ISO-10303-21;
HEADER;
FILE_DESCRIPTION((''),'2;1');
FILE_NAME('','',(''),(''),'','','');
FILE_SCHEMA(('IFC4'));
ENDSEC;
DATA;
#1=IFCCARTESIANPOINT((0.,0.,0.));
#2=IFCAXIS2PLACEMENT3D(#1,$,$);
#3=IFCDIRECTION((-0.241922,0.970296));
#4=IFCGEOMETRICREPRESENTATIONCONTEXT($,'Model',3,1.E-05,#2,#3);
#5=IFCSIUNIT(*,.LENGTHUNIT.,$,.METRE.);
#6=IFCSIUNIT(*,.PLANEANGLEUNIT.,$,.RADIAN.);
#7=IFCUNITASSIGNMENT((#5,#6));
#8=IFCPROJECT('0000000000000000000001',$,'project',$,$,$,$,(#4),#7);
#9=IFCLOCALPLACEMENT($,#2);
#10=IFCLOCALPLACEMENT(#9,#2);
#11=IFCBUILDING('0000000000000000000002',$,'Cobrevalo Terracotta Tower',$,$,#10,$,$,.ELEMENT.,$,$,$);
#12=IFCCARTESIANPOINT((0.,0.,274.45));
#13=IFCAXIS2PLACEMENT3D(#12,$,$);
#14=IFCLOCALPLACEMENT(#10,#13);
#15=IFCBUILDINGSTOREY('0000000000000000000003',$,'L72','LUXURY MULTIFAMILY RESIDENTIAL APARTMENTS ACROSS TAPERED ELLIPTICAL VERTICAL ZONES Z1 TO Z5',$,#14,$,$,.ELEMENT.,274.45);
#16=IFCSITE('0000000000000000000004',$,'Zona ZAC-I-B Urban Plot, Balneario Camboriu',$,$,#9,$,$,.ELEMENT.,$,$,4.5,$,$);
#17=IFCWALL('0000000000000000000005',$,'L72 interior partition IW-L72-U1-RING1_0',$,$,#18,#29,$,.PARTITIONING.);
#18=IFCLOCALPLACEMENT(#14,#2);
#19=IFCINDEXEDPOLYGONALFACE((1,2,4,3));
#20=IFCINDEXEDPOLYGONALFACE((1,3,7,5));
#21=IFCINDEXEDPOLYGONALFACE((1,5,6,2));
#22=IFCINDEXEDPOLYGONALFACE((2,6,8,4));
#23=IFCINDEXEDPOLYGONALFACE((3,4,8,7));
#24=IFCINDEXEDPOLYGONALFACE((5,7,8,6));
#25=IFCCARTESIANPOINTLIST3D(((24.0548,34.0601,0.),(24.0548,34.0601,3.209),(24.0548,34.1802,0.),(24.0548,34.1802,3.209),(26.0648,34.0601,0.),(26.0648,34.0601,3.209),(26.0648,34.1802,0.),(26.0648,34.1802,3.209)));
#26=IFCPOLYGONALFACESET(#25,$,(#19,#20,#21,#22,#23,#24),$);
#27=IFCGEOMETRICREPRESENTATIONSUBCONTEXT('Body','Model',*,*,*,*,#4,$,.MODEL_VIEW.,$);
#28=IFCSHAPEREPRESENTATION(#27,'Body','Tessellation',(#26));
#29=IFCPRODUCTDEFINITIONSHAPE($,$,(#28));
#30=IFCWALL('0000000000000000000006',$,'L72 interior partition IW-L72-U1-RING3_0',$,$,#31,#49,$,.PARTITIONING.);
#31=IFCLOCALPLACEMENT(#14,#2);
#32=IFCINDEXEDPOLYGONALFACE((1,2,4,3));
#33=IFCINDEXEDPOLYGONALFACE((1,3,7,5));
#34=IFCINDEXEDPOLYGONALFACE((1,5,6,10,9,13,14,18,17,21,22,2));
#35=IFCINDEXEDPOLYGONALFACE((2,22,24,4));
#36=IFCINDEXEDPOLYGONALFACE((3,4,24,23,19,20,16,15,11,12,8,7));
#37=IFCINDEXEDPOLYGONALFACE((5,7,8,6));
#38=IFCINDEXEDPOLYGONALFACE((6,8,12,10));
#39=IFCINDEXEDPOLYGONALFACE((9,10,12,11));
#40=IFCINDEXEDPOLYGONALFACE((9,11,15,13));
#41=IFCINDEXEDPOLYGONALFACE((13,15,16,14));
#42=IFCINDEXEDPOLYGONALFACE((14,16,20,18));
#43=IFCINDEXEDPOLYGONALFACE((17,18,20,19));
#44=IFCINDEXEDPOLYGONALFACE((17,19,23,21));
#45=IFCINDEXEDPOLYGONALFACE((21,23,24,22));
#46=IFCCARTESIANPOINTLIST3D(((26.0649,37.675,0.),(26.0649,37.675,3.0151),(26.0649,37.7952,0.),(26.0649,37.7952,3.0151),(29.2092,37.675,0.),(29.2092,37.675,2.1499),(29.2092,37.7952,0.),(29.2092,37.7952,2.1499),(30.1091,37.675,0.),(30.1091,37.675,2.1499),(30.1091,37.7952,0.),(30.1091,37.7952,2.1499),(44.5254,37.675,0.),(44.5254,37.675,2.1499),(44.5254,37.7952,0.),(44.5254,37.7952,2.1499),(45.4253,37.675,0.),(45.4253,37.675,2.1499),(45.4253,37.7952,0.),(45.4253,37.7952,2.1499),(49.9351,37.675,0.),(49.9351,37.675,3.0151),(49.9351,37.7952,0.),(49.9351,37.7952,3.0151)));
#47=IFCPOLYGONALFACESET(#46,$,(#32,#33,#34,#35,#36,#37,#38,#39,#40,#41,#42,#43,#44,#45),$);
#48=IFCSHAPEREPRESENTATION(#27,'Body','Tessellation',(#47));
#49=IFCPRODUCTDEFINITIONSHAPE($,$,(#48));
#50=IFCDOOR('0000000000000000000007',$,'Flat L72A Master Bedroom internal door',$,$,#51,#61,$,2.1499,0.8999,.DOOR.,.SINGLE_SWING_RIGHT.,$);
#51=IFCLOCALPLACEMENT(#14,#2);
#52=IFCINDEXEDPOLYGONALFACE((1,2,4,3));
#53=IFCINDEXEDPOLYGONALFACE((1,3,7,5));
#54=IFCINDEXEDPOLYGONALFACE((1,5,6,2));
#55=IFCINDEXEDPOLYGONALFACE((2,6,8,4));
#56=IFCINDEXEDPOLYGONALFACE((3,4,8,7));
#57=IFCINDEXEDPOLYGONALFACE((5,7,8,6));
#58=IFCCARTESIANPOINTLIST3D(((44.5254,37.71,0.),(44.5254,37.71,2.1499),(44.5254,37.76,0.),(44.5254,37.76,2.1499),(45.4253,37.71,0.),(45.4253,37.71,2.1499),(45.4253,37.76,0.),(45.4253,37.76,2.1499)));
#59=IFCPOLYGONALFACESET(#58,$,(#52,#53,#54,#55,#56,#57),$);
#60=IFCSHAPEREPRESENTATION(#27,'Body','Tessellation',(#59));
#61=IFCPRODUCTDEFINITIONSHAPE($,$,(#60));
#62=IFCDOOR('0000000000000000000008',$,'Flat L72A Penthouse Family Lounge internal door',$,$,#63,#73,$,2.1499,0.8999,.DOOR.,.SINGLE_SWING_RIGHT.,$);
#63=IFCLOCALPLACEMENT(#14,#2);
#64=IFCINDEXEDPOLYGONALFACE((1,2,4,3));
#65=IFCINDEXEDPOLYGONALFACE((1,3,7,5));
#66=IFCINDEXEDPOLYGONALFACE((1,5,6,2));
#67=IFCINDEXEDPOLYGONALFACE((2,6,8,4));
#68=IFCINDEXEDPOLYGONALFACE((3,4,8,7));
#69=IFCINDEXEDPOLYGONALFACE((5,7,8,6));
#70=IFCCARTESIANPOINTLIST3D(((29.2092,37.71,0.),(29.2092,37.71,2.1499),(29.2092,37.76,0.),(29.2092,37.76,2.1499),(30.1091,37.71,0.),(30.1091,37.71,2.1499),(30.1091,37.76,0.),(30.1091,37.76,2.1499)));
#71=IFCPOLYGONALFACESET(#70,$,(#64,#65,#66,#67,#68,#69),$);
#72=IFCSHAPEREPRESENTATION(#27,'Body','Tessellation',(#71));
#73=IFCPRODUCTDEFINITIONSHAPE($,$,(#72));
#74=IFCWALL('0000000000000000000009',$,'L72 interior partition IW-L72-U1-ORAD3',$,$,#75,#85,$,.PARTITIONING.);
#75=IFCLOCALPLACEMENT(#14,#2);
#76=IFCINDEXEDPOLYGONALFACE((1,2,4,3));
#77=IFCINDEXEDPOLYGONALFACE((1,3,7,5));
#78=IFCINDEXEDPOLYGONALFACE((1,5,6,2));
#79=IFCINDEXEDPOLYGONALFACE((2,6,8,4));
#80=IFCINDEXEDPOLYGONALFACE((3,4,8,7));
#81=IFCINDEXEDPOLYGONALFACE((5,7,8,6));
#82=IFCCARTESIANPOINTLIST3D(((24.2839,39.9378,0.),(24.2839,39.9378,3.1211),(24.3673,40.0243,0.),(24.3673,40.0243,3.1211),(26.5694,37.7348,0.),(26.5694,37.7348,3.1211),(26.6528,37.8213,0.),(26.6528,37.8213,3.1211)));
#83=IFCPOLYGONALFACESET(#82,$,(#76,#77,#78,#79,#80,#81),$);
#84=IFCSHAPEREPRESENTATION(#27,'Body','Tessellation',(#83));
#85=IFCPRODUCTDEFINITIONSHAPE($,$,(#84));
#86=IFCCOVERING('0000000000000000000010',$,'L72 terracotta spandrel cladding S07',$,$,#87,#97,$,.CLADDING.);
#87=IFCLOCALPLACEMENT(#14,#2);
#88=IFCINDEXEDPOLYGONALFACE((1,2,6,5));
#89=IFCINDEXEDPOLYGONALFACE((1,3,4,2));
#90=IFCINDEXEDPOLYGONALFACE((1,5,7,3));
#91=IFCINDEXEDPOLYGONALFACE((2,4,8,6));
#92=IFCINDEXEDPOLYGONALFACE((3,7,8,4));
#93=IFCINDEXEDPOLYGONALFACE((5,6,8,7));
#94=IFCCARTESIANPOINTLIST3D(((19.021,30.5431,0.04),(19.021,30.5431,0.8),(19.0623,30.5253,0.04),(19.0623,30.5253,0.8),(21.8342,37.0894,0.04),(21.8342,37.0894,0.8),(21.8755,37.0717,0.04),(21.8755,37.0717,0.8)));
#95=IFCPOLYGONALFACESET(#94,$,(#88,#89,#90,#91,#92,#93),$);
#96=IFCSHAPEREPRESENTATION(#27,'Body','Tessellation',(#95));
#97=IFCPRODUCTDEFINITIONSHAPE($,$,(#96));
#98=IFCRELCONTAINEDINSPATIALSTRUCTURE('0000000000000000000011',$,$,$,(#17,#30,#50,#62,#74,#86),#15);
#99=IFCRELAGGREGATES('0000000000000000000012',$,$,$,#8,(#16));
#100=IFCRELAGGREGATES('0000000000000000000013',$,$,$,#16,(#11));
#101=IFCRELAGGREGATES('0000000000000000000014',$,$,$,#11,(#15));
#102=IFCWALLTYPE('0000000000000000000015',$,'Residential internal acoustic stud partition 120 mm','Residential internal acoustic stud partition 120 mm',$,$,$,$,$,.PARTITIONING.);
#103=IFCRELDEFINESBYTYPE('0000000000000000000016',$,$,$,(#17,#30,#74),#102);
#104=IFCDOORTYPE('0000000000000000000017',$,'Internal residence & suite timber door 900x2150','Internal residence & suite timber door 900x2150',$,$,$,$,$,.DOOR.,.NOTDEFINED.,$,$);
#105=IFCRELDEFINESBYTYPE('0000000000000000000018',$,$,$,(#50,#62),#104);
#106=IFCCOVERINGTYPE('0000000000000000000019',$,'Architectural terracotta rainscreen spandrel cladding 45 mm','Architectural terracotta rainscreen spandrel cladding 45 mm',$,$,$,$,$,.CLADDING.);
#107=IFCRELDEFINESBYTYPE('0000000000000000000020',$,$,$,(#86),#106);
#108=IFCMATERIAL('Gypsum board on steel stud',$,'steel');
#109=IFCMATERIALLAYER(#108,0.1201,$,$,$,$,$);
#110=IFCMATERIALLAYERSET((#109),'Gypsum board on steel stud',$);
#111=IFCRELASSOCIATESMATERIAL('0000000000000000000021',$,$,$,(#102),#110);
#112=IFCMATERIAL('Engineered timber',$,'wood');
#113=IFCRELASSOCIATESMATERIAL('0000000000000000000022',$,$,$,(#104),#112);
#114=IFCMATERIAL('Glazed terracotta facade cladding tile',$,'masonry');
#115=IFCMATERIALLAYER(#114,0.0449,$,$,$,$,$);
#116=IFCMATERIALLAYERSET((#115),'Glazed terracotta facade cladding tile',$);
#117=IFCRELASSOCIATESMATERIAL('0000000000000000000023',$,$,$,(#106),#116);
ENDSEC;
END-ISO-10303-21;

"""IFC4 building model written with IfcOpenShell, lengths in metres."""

from ifc_helpers import new_model, si_unit, direction, frame, frame_2d, origin, origin_2d, place, context, subcontext, project, spatial, rectangle, extrude, source, transform, mapped, material, layer, layer_set, type_object, element, fill, save


model = new_model("IFC4")

# Units and contexts
model_context = context("Model", 3, precision=1e-05, world=origin(), true_north=direction((-0.241922, 0.970296)))
body_context = subcontext(model_context, "Body", "Model", "MODEL_VIEW")
ifc_project = project(units=[si_unit("LENGTHUNIT", "METRE"), si_unit("PLANEANGLEUNIT", "RADIAN")], contexts=[model_context])

# Site, building, storey
site_placement = place(None, origin())
site = spatial("IfcSite", under=ifc_project, at=site_placement, Name="Zona ZAC-I-B Urban Plot, Balneario Camboriu", CompositionType="ELEMENT", RefElevation=4.5)
building_placement = place(site_placement, origin())
building = spatial("IfcBuilding", under=site, at=building_placement, Name="Cobrevalo Terracotta Tower", CompositionType="ELEMENT")
storey_placement = place(building_placement, frame((0.0, 0.0, 274.45)))
storey = spatial("IfcBuildingStorey", under=building, at=storey_placement, Name="L72", Description="LUXURY MULTIFAMILY RESIDENTIAL APARTMENTS ACROSS TAPERED ELLIPTICAL VERTICAL ZONES Z1 TO Z5", CompositionType="ELEMENT", Elevation=274.45)

# Wall
ifc_material_1 = material(Name="Gypsum board on steel stud", Category="steel")
ifc_layer_1 = layer(ifc_material_1, 0.1201)
ifc_layer_set_1 = layer_set([ifc_layer_1], Name="Gypsum board on steel stud")
wall_type_1 = type_object("IfcWallType", Name="Residential internal acoustic stud partition 120 mm", Description="Residential internal acoustic stud partition 120 mm", PredefinedType="PARTITIONING", material=ifc_layer_set_1)
wall_1_placement = place(storey_placement, frame((24.0549, 34.1201, 0.0), z_axis=(0.0, 0.0, 1.0), x_axis=(1.0, 0.0, 0.0)))
element("IfcWall", 1, at=wall_1_placement, inside=storey, type_object=wall_type_1, Name="L72 interior partition IW-L72-U1-RING1_0", PredefinedType="PARTITIONING", context=body_context, shape_type="SweptSolid", body=[
    extrude(rectangle(XDim=2.01, YDim=0.1201, at=frame_2d((1.0049, 0.0))), origin(), (0.0, 0.0, 1.0), 3.209),
])

# Shared definitions
ifc_material_2 = material(Name="Engineered timber", Category="wood")
door_type = type_object("IfcDoorType", Name="Internal residence & suite timber door 900x2150", Description="Internal residence & suite timber door 900x2150", OperationType="NOTDEFINED", PredefinedType="DOOR", material=ifc_material_2)
shared_shape_1 = source(origin(), body_context, "Body", "SweptSolid", [
    extrude(rectangle(XDim=0.8999, YDim=2.1499, at=frame_2d((0.45, 1.075))), frame((0.0, 0.0249, 0.0), z_axis=(0.0, -1.0, 0.0), x_axis=(1.0, 0.0, 0.0)), (0.0, 0.0, 1.0), 0.05),
])

# Wall, openings, doors
wall_2_placement = place(storey_placement, frame((26.0649, 37.7351, 0.0), z_axis=(0.0, 0.0, 1.0), x_axis=(1.0, 0.0, 0.0)))
wall_2 = element("IfcWall", 2, at=wall_2_placement, inside=storey, type_object=wall_type_1, Name="L72 interior partition IW-L72-U1-RING3_0", PredefinedType="PARTITIONING", context=body_context, shape_type="SweptSolid", body=[
    extrude(rectangle(XDim=23.8701, YDim=0.1201, at=frame_2d((11.9351, 0.0))), origin(), (0.0, 0.0, 1.0), 3.0151),
])
opening_1_placement = place(wall_2_placement, frame((18.4604, 0.0, 0.0)))
opening_1 = element("IfcOpeningElement", 3, at=opening_1_placement, cuts=wall_2, PredefinedType="OPENING", context=body_context, shape_type="SweptSolid", body=[
    extrude(rectangle(XDim=0.8999, YDim=2.1499, at=frame_2d((0.45, 1.075))), frame((0.0, 0.0701, 0.0), z_axis=(0.0, -1.0, 0.0), x_axis=(1.0, 0.0, 0.0)), (0.0, 0.0, 1.0), 0.1401),
])
opening_2_placement = place(wall_2_placement, frame((3.1443, 0.0, 0.0)))
opening_2 = element("IfcOpeningElement", 4, at=opening_2_placement, cuts=wall_2, PredefinedType="OPENING", context=body_context, shape_type="SweptSolid", body=[
    extrude(rectangle(XDim=0.8999, YDim=2.1499, at=frame_2d((0.45, 1.075))), frame((0.0, 0.0701, 0.0), z_axis=(0.0, -1.0, 0.0), x_axis=(1.0, 0.0, 0.0)), (0.0, 0.0, 1.0), 0.1401),
])
door_1_placement = place(opening_1_placement, origin())
door_1 = element("IfcDoor", 5, at=door_1_placement, inside=storey, type_object=door_type, Name="Flat L72A Master Bedroom internal door", OperationType="SINGLE_SWING_RIGHT", OverallHeight=2.1499, OverallWidth=0.8999, PredefinedType="DOOR", context=body_context, shape_type="MappedRepresentation", body=[
    mapped(shared_shape_1, transform((0.0, 0.0, 0.0), scale=1.0)),
])
fill(opening_1, door_1)
door_2_placement = place(opening_2_placement, origin())
door_2 = element("IfcDoor", 6, at=door_2_placement, inside=storey, type_object=door_type, Name="Flat L72A Penthouse Family Lounge internal door", OperationType="SINGLE_SWING_RIGHT", OverallHeight=2.1499, OverallWidth=0.8999, PredefinedType="DOOR", context=body_context, shape_type="MappedRepresentation", body=[
    mapped(shared_shape_1, transform((0.0, 0.0, 0.0), scale=1.0)),
])
fill(opening_2, door_2)

# Wall
wall_3_placement = place(storey_placement, frame((26.6111, 37.7781, 0.0), z_axis=(0.0, 0.0, 1.0), x_axis=(-0.719986, 0.693989, 0.0)))
element("IfcWall", 7, at=wall_3_placement, inside=storey, type_object=wall_type_1, Name="L72 interior partition IW-L72-U1-ORAD3", PredefinedType="PARTITIONING", context=body_context, shape_type="SweptSolid", body=[
    extrude(rectangle(XDim=3.1743, YDim=0.1201, at=frame_2d((1.5872, 0.0))), origin(), (0.0, 0.0, 1.0), 3.1211),
])

# Covering
ifc_material_3 = material(Name="Glazed terracotta facade cladding tile", Category="masonry")
ifc_layer_2 = layer(ifc_material_3, 0.0449)
ifc_layer_set_2 = layer_set([ifc_layer_2], Name="Glazed terracotta facade cladding tile")
covering_type = type_object("IfcCoveringType", Name="Architectural terracotta rainscreen spandrel cladding 45 mm", Description="Architectural terracotta rainscreen spandrel cladding 45 mm", PredefinedType="CLADDING", material=ifc_layer_set_2)
shared_shape_2 = source(origin(), body_context, "Body", "SweptSolid", [
    extrude(rectangle(XDim=7.1252, YDim=0.0449, at=origin_2d()), origin(), (0.0, 0.0, 1.0), 0.76),
])
covering_placement = place(storey_placement, frame((20.4482, 33.8074, 0.04), z_axis=(0.0, 0.0, 1.0), x_axis=(-0.394829, -0.918755, 0.0)))
element("IfcCovering", 8, at=covering_placement, inside=storey, type_object=covering_type, Name="L72 terracotta spandrel cladding S07", PredefinedType="CLADDING", context=body_context, shape_type="MappedRepresentation", body=[
    mapped(shared_shape_2, transform((0.0, 0.0, 0.0), scale=1.0)),
])

save(model, "model.ifc")
